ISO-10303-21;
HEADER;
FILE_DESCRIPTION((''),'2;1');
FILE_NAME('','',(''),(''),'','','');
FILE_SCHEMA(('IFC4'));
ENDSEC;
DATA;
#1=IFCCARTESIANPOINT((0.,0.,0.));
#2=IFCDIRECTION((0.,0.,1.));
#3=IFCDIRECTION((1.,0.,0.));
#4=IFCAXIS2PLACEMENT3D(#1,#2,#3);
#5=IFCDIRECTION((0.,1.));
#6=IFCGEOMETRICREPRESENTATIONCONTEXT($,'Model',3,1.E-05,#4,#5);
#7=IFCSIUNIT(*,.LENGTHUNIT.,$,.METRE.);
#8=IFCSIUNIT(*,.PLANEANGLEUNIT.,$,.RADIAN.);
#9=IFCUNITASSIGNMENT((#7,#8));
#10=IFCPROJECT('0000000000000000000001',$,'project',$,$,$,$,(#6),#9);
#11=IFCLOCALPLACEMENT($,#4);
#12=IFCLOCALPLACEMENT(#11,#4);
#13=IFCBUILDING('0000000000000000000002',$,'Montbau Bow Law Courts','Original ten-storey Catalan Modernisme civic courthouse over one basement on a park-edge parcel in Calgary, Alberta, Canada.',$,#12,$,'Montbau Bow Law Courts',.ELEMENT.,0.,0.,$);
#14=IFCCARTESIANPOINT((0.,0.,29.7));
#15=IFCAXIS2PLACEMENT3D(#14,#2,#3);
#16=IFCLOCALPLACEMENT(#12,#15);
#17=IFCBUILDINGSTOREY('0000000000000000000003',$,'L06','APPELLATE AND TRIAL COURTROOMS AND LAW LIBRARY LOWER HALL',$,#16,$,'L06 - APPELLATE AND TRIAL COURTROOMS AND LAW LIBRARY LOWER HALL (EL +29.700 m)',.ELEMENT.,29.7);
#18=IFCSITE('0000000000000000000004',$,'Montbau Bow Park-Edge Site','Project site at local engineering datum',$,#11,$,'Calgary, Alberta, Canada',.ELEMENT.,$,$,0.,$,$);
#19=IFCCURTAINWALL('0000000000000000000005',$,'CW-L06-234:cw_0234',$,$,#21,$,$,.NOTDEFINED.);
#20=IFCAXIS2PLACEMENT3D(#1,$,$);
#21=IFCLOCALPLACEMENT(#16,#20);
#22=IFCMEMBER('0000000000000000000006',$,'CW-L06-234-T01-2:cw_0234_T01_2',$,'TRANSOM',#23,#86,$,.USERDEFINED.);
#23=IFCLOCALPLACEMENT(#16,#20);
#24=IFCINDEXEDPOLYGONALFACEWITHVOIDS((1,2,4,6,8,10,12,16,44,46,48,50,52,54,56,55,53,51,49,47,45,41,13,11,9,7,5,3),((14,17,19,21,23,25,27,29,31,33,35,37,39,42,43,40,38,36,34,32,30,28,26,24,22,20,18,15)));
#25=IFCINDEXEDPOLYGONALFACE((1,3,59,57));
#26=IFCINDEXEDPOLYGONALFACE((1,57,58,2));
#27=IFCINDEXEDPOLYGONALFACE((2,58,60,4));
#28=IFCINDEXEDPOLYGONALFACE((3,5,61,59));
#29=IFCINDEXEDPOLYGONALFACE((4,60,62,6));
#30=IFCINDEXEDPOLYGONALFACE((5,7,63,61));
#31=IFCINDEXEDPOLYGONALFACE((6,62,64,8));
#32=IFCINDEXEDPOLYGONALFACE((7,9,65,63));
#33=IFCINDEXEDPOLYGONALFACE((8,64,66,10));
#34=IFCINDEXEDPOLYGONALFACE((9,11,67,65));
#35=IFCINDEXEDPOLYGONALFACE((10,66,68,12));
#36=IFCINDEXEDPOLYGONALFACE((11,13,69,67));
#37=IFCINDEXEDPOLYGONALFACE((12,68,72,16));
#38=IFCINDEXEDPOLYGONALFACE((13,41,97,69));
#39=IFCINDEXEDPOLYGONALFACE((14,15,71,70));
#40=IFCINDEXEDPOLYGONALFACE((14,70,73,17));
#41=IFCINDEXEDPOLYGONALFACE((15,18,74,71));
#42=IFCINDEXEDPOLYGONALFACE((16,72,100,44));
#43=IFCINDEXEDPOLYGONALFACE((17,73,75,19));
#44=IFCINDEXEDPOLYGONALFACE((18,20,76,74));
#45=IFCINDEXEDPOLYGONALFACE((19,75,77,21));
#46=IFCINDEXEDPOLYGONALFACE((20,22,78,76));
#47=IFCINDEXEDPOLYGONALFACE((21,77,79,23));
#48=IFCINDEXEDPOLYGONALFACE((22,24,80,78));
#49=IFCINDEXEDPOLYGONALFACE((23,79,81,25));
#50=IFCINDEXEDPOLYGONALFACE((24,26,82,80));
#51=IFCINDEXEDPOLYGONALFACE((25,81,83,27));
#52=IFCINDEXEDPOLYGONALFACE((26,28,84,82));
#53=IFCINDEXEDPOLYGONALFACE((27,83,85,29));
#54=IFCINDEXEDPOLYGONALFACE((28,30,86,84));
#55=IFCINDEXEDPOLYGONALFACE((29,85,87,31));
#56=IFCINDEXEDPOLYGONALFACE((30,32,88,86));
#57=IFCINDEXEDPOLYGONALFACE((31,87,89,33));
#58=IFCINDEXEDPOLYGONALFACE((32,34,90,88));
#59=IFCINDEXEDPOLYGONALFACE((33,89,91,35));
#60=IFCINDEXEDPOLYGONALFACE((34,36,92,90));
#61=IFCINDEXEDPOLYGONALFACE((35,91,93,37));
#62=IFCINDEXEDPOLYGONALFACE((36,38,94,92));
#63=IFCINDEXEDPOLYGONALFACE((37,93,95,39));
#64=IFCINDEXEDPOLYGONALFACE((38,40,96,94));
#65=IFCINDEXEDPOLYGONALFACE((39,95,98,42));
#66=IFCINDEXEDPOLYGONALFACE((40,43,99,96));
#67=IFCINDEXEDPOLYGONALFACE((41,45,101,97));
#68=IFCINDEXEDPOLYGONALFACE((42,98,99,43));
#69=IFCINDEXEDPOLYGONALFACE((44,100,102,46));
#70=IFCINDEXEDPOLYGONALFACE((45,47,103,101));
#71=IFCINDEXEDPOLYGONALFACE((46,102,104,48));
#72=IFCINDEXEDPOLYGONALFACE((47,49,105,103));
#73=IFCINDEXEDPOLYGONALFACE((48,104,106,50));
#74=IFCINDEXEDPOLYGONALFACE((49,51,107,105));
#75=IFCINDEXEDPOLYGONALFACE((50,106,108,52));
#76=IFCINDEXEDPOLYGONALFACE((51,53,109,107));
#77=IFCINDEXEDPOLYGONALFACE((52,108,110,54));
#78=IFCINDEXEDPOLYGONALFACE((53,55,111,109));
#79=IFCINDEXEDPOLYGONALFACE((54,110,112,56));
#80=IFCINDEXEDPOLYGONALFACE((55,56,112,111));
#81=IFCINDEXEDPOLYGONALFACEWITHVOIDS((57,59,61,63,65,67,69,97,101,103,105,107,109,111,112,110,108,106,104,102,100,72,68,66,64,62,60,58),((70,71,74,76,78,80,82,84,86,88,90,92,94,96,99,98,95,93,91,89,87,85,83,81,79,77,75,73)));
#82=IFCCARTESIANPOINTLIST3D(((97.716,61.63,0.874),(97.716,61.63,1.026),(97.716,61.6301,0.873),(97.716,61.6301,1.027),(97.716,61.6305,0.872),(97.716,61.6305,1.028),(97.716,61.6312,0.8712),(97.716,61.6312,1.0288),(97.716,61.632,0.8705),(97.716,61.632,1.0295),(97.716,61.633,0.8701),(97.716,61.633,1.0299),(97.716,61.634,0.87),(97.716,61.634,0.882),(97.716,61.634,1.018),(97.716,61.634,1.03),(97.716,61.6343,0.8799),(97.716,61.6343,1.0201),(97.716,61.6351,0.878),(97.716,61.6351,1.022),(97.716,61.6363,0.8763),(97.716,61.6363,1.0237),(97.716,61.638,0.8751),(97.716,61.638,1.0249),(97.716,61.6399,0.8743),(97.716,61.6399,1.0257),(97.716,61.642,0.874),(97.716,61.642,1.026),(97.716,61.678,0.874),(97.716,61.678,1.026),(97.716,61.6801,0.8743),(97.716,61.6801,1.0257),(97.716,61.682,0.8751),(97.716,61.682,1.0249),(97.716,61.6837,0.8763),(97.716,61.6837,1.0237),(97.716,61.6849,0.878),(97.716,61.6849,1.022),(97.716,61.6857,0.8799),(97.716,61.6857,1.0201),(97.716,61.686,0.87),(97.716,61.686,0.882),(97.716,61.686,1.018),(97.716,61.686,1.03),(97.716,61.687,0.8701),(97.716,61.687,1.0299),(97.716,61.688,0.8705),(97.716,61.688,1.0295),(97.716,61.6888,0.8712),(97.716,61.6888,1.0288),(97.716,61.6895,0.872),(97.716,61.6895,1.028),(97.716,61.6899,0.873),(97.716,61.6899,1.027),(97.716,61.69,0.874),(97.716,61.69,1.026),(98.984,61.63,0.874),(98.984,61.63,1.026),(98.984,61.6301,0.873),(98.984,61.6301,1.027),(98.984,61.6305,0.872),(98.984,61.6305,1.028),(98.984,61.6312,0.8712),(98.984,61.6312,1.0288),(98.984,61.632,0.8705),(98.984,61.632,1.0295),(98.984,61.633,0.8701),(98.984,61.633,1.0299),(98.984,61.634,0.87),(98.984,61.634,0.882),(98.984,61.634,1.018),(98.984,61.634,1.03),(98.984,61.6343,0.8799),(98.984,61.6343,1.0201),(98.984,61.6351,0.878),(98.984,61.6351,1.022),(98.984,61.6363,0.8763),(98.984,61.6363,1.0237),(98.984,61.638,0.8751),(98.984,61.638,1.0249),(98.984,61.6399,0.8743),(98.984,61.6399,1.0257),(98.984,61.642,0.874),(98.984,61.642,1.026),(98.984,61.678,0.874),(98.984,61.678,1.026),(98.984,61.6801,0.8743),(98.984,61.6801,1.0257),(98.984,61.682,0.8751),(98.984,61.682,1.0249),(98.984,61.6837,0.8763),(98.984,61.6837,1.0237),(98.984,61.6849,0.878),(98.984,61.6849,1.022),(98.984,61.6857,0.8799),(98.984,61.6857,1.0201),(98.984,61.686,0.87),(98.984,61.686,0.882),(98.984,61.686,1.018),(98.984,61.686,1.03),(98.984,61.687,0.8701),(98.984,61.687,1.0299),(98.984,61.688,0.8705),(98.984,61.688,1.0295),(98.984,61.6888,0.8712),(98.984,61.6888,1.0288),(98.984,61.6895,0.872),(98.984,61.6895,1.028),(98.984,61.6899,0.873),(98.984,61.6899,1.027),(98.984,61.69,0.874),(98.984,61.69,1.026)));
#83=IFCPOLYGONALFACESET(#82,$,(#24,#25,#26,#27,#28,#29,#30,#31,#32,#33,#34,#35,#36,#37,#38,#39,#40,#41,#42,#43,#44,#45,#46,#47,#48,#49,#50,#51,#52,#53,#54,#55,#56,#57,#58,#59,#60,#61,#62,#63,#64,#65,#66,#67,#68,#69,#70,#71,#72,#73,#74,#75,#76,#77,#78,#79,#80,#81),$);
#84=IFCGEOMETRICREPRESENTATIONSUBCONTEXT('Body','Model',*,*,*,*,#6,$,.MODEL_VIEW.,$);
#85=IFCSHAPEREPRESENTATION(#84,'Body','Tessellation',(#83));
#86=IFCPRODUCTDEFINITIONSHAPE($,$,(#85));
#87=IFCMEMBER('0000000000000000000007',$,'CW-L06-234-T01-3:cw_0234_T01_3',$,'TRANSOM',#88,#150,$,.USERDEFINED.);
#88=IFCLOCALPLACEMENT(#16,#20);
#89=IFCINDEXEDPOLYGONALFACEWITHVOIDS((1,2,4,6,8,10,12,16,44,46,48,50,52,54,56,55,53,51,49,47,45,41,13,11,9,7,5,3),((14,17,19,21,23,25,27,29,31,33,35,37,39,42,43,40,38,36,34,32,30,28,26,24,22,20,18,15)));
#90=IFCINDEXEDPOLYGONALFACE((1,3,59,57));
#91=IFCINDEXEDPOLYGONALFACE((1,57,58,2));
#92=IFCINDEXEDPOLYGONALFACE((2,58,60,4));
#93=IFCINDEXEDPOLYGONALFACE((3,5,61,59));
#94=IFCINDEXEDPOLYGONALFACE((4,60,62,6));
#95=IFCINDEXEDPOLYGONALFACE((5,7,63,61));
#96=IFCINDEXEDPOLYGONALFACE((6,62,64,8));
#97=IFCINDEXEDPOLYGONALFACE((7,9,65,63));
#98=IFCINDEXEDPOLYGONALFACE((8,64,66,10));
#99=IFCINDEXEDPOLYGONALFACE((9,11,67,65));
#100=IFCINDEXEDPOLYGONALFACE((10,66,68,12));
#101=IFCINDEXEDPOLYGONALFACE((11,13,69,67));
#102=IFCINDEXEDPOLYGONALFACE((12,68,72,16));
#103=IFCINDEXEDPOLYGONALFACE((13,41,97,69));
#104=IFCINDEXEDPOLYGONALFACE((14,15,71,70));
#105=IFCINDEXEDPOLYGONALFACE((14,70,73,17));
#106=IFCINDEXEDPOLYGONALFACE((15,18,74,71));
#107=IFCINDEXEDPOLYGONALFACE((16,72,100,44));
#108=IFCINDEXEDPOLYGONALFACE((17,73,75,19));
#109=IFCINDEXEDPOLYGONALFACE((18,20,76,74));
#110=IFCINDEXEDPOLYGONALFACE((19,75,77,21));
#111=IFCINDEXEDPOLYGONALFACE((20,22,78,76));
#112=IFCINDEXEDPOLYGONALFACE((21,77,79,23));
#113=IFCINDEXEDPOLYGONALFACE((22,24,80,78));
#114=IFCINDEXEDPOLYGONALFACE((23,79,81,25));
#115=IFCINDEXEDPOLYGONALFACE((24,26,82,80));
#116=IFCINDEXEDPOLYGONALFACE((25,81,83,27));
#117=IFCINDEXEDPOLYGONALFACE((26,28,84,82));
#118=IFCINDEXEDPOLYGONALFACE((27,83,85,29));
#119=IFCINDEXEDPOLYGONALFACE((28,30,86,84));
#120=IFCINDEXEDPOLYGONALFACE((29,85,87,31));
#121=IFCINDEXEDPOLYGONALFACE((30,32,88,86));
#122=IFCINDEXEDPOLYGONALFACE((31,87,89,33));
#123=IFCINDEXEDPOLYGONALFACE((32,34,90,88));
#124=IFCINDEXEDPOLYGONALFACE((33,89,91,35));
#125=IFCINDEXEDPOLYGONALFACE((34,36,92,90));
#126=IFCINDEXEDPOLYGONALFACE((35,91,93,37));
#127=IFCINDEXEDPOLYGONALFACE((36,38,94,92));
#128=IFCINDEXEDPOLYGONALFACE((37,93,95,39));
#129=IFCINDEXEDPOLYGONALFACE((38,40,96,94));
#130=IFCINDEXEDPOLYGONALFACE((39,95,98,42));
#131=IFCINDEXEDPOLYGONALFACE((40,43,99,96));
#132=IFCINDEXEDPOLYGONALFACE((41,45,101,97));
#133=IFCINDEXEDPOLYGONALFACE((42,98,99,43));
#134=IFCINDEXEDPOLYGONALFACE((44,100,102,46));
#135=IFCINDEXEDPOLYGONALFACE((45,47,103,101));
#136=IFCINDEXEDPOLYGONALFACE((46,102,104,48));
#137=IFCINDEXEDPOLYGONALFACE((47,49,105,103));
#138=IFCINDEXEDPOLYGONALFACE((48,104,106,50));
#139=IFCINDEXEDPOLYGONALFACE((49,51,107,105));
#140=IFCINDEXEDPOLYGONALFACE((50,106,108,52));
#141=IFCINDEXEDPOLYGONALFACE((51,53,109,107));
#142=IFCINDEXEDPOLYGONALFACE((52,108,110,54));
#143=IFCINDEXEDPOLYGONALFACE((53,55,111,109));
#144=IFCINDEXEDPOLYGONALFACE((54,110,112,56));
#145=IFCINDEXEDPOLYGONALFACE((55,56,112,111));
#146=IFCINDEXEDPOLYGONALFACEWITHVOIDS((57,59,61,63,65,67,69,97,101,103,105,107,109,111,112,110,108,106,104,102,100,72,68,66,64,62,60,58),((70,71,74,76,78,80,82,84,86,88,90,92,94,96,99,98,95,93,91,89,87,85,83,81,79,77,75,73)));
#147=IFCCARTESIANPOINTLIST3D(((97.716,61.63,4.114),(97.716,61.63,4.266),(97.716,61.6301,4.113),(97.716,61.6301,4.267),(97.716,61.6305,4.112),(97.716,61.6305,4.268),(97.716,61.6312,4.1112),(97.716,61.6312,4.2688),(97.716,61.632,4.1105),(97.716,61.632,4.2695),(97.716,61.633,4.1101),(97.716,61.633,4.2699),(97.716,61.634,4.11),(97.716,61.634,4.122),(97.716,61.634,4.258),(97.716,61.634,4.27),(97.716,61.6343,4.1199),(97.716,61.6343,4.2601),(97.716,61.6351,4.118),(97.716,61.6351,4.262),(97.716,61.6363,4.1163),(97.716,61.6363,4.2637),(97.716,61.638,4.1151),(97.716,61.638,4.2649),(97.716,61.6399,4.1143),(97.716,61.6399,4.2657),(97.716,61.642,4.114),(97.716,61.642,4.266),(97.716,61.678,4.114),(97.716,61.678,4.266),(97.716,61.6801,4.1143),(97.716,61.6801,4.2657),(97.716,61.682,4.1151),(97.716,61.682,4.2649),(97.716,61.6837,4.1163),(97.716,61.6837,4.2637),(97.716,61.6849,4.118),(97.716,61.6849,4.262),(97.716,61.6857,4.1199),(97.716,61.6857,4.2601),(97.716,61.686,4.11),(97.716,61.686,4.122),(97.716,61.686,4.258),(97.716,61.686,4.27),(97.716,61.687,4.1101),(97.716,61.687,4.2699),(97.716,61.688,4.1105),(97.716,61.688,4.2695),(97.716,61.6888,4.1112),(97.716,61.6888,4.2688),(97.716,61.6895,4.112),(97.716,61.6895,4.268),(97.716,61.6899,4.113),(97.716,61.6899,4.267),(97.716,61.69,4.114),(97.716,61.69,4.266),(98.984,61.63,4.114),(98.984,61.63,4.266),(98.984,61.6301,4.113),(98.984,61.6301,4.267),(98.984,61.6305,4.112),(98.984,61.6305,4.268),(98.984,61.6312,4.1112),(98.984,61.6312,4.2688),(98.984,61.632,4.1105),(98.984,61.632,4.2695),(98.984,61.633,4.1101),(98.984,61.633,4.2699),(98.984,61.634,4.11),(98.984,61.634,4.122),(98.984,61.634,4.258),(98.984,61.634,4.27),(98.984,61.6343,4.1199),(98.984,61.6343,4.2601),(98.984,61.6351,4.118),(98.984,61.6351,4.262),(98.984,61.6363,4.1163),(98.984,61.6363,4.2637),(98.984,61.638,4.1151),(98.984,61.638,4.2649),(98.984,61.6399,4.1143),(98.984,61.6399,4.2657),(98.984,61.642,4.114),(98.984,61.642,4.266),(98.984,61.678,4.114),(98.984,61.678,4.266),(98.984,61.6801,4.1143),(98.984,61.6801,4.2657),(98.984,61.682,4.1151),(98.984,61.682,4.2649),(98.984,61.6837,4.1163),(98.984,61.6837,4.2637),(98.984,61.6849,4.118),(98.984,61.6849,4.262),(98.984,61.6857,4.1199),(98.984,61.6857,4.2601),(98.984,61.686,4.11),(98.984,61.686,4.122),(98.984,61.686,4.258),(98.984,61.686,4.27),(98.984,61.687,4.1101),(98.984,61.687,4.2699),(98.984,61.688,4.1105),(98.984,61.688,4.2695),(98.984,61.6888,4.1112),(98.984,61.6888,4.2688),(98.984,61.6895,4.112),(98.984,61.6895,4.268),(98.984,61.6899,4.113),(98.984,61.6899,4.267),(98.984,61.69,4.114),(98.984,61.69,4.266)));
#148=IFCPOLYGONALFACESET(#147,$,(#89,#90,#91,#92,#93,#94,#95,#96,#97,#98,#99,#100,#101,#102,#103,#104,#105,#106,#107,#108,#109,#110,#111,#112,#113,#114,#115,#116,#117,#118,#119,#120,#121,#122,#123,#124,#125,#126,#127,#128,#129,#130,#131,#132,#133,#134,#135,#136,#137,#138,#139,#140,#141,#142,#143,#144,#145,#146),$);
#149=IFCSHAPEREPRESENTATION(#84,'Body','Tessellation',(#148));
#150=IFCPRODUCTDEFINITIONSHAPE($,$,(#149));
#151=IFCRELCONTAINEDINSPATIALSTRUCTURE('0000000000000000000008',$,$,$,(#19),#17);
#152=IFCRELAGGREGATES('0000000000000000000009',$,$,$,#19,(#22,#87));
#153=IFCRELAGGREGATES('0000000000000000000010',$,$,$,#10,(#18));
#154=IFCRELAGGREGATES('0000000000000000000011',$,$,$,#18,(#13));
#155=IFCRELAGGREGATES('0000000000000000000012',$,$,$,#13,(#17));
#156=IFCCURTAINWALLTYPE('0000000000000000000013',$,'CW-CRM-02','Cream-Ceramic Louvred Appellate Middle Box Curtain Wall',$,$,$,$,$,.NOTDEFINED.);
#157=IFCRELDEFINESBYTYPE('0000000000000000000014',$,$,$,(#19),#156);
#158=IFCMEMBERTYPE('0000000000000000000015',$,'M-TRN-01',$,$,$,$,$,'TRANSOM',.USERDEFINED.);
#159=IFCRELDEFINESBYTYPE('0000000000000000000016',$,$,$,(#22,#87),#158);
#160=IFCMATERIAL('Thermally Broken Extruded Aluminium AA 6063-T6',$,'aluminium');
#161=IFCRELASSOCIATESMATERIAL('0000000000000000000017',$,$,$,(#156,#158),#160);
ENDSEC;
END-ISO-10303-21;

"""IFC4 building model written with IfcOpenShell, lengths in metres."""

from ifc_helpers import new_model, si_unit, direction, frame, origin_with_axes, origin_2d_with_axis, place, context, subcontext, project, spatial, hollow_rectangle, extrude, material, material_profile, profile_set, type_object, element, aggregate, save


model = new_model("IFC4")

# Units and contexts
model_context = context("Model", 3, precision=1e-05, world=origin_with_axes(), true_north=direction((0.0, 1.0)))
body_context = subcontext(model_context, "Body", "Model", "MODEL_VIEW")
ifc_project = project(units=[si_unit("LENGTHUNIT", "METRE"), si_unit("PLANEANGLEUNIT", "RADIAN")], contexts=[model_context])

# Site, building, storey
site_placement = place(None, origin_with_axes())
site = spatial("IfcSite", under=ifc_project, at=site_placement, Name="Montbau Bow Park-Edge Site", Description="Project site at local engineering datum", LongName="Calgary, Alberta, Canada", CompositionType="ELEMENT", RefElevation=0.0)
building_placement = place(site_placement, origin_with_axes())
building = spatial("IfcBuilding", under=site, at=building_placement, Name="Montbau Bow Law Courts", Description="Original ten-storey Catalan Modernisme civic courthouse over one basement on a park-edge parcel in Calgary, Alberta, Canada.", LongName="Montbau Bow Law Courts", CompositionType="ELEMENT", ElevationOfRefHeight=0.0, ElevationOfTerrain=0.0)
storey_placement = place(building_placement, frame((0.0, 0.0, 29.7), z_axis=(0.0, 0.0, 1.0), x_axis=(1.0, 0.0, 0.0)))
storey = spatial("IfcBuildingStorey", under=building, at=storey_placement, Name="L06", Description="APPELLATE AND TRIAL COURTROOMS AND LAW LIBRARY LOWER HALL", LongName="L06 - APPELLATE AND TRIAL COURTROOMS AND LAW LIBRARY LOWER HALL (EL +29.700 m)", CompositionType="ELEMENT", Elevation=29.7)

# Curtain wall, members
ifc_material_1 = material(Name="Thermally Broken Extruded Aluminium AA 6063-T6", Category="aluminium")
curtain_wall_type = type_object("IfcCurtainWallType", Name="CW-CRM-02", Description="Cream-Ceramic Louvred Appellate Middle Box Curtain Wall", PredefinedType="NOTDEFINED", material=ifc_material_1)
curtain_wall_placement = place(None, frame((97.64, 61.66, 29.7), z_axis=(0.0, 0.0, 1.0), x_axis=(1.0, 0.0, 0.0)))
curtain_wall = element("IfcCurtainWall", 1, at=curtain_wall_placement, inside=storey, type_object=curtain_wall_type, Name="CW-L06-234:cw_0234", PredefinedType="NOTDEFINED")
ifc_material_profile_1 = material_profile(ifc_material_1, hollow_rectangle(XDim=0.06, YDim=0.16, WallThickness=0.004, InnerFilletRadius=0.008, OuterFilletRadius=0.004, at=origin_2d_with_axis()), Name="CWT-160X60", Category="Main", Priority=0)
ifc_profile_set_1 = profile_set([ifc_material_profile_1], Name="Thermally Broken Extruded Aluminium AA 6063-T6")
member_type_1 = type_object("IfcMemberType", Name="M-TRN-01", ElementType="TRANSOM", PredefinedType="USERDEFINED", material=ifc_profile_set_1)
member_1_placement = place(None, frame((97.716, 61.66, 30.65), z_axis=(1.0, 0.0, 0.0), x_axis=(0.0, 1.0, 0.0)))
member_1 = element("IfcMember", 2, at=member_1_placement, type_object=member_type_1, Name="CW-L06-234-T01-2:cw_0234_T01_2", ObjectType="TRANSOM", PredefinedType="USERDEFINED", context=body_context, shape_type="SweptSolid", body=[
    extrude(hollow_rectangle(XDim=0.06, YDim=0.16, WallThickness=0.004, InnerFilletRadius=0.008, OuterFilletRadius=0.004, at=origin_2d_with_axis()), origin_with_axes(), (0.0, 0.0, 1.0), 1.268),
])
member_2_placement = place(None, frame((97.716, 61.66, 33.89), z_axis=(1.0, 0.0, 0.0), x_axis=(0.0, 1.0, 0.0)))
member_2 = element("IfcMember", 3, at=member_2_placement, type_object=member_type_1, Name="CW-L06-234-T01-3:cw_0234_T01_3", ObjectType="TRANSOM", PredefinedType="USERDEFINED", context=body_context, shape_type="SweptSolid", body=[
    extrude(hollow_rectangle(XDim=0.06, YDim=0.16, WallThickness=0.004, InnerFilletRadius=0.008, OuterFilletRadius=0.004, at=origin_2d_with_axis()), origin_with_axes(), (0.0, 0.0, 1.0), 1.268),
])
aggregate(curtain_wall, [member_1, member_2])

save(model, "model.ifc")
